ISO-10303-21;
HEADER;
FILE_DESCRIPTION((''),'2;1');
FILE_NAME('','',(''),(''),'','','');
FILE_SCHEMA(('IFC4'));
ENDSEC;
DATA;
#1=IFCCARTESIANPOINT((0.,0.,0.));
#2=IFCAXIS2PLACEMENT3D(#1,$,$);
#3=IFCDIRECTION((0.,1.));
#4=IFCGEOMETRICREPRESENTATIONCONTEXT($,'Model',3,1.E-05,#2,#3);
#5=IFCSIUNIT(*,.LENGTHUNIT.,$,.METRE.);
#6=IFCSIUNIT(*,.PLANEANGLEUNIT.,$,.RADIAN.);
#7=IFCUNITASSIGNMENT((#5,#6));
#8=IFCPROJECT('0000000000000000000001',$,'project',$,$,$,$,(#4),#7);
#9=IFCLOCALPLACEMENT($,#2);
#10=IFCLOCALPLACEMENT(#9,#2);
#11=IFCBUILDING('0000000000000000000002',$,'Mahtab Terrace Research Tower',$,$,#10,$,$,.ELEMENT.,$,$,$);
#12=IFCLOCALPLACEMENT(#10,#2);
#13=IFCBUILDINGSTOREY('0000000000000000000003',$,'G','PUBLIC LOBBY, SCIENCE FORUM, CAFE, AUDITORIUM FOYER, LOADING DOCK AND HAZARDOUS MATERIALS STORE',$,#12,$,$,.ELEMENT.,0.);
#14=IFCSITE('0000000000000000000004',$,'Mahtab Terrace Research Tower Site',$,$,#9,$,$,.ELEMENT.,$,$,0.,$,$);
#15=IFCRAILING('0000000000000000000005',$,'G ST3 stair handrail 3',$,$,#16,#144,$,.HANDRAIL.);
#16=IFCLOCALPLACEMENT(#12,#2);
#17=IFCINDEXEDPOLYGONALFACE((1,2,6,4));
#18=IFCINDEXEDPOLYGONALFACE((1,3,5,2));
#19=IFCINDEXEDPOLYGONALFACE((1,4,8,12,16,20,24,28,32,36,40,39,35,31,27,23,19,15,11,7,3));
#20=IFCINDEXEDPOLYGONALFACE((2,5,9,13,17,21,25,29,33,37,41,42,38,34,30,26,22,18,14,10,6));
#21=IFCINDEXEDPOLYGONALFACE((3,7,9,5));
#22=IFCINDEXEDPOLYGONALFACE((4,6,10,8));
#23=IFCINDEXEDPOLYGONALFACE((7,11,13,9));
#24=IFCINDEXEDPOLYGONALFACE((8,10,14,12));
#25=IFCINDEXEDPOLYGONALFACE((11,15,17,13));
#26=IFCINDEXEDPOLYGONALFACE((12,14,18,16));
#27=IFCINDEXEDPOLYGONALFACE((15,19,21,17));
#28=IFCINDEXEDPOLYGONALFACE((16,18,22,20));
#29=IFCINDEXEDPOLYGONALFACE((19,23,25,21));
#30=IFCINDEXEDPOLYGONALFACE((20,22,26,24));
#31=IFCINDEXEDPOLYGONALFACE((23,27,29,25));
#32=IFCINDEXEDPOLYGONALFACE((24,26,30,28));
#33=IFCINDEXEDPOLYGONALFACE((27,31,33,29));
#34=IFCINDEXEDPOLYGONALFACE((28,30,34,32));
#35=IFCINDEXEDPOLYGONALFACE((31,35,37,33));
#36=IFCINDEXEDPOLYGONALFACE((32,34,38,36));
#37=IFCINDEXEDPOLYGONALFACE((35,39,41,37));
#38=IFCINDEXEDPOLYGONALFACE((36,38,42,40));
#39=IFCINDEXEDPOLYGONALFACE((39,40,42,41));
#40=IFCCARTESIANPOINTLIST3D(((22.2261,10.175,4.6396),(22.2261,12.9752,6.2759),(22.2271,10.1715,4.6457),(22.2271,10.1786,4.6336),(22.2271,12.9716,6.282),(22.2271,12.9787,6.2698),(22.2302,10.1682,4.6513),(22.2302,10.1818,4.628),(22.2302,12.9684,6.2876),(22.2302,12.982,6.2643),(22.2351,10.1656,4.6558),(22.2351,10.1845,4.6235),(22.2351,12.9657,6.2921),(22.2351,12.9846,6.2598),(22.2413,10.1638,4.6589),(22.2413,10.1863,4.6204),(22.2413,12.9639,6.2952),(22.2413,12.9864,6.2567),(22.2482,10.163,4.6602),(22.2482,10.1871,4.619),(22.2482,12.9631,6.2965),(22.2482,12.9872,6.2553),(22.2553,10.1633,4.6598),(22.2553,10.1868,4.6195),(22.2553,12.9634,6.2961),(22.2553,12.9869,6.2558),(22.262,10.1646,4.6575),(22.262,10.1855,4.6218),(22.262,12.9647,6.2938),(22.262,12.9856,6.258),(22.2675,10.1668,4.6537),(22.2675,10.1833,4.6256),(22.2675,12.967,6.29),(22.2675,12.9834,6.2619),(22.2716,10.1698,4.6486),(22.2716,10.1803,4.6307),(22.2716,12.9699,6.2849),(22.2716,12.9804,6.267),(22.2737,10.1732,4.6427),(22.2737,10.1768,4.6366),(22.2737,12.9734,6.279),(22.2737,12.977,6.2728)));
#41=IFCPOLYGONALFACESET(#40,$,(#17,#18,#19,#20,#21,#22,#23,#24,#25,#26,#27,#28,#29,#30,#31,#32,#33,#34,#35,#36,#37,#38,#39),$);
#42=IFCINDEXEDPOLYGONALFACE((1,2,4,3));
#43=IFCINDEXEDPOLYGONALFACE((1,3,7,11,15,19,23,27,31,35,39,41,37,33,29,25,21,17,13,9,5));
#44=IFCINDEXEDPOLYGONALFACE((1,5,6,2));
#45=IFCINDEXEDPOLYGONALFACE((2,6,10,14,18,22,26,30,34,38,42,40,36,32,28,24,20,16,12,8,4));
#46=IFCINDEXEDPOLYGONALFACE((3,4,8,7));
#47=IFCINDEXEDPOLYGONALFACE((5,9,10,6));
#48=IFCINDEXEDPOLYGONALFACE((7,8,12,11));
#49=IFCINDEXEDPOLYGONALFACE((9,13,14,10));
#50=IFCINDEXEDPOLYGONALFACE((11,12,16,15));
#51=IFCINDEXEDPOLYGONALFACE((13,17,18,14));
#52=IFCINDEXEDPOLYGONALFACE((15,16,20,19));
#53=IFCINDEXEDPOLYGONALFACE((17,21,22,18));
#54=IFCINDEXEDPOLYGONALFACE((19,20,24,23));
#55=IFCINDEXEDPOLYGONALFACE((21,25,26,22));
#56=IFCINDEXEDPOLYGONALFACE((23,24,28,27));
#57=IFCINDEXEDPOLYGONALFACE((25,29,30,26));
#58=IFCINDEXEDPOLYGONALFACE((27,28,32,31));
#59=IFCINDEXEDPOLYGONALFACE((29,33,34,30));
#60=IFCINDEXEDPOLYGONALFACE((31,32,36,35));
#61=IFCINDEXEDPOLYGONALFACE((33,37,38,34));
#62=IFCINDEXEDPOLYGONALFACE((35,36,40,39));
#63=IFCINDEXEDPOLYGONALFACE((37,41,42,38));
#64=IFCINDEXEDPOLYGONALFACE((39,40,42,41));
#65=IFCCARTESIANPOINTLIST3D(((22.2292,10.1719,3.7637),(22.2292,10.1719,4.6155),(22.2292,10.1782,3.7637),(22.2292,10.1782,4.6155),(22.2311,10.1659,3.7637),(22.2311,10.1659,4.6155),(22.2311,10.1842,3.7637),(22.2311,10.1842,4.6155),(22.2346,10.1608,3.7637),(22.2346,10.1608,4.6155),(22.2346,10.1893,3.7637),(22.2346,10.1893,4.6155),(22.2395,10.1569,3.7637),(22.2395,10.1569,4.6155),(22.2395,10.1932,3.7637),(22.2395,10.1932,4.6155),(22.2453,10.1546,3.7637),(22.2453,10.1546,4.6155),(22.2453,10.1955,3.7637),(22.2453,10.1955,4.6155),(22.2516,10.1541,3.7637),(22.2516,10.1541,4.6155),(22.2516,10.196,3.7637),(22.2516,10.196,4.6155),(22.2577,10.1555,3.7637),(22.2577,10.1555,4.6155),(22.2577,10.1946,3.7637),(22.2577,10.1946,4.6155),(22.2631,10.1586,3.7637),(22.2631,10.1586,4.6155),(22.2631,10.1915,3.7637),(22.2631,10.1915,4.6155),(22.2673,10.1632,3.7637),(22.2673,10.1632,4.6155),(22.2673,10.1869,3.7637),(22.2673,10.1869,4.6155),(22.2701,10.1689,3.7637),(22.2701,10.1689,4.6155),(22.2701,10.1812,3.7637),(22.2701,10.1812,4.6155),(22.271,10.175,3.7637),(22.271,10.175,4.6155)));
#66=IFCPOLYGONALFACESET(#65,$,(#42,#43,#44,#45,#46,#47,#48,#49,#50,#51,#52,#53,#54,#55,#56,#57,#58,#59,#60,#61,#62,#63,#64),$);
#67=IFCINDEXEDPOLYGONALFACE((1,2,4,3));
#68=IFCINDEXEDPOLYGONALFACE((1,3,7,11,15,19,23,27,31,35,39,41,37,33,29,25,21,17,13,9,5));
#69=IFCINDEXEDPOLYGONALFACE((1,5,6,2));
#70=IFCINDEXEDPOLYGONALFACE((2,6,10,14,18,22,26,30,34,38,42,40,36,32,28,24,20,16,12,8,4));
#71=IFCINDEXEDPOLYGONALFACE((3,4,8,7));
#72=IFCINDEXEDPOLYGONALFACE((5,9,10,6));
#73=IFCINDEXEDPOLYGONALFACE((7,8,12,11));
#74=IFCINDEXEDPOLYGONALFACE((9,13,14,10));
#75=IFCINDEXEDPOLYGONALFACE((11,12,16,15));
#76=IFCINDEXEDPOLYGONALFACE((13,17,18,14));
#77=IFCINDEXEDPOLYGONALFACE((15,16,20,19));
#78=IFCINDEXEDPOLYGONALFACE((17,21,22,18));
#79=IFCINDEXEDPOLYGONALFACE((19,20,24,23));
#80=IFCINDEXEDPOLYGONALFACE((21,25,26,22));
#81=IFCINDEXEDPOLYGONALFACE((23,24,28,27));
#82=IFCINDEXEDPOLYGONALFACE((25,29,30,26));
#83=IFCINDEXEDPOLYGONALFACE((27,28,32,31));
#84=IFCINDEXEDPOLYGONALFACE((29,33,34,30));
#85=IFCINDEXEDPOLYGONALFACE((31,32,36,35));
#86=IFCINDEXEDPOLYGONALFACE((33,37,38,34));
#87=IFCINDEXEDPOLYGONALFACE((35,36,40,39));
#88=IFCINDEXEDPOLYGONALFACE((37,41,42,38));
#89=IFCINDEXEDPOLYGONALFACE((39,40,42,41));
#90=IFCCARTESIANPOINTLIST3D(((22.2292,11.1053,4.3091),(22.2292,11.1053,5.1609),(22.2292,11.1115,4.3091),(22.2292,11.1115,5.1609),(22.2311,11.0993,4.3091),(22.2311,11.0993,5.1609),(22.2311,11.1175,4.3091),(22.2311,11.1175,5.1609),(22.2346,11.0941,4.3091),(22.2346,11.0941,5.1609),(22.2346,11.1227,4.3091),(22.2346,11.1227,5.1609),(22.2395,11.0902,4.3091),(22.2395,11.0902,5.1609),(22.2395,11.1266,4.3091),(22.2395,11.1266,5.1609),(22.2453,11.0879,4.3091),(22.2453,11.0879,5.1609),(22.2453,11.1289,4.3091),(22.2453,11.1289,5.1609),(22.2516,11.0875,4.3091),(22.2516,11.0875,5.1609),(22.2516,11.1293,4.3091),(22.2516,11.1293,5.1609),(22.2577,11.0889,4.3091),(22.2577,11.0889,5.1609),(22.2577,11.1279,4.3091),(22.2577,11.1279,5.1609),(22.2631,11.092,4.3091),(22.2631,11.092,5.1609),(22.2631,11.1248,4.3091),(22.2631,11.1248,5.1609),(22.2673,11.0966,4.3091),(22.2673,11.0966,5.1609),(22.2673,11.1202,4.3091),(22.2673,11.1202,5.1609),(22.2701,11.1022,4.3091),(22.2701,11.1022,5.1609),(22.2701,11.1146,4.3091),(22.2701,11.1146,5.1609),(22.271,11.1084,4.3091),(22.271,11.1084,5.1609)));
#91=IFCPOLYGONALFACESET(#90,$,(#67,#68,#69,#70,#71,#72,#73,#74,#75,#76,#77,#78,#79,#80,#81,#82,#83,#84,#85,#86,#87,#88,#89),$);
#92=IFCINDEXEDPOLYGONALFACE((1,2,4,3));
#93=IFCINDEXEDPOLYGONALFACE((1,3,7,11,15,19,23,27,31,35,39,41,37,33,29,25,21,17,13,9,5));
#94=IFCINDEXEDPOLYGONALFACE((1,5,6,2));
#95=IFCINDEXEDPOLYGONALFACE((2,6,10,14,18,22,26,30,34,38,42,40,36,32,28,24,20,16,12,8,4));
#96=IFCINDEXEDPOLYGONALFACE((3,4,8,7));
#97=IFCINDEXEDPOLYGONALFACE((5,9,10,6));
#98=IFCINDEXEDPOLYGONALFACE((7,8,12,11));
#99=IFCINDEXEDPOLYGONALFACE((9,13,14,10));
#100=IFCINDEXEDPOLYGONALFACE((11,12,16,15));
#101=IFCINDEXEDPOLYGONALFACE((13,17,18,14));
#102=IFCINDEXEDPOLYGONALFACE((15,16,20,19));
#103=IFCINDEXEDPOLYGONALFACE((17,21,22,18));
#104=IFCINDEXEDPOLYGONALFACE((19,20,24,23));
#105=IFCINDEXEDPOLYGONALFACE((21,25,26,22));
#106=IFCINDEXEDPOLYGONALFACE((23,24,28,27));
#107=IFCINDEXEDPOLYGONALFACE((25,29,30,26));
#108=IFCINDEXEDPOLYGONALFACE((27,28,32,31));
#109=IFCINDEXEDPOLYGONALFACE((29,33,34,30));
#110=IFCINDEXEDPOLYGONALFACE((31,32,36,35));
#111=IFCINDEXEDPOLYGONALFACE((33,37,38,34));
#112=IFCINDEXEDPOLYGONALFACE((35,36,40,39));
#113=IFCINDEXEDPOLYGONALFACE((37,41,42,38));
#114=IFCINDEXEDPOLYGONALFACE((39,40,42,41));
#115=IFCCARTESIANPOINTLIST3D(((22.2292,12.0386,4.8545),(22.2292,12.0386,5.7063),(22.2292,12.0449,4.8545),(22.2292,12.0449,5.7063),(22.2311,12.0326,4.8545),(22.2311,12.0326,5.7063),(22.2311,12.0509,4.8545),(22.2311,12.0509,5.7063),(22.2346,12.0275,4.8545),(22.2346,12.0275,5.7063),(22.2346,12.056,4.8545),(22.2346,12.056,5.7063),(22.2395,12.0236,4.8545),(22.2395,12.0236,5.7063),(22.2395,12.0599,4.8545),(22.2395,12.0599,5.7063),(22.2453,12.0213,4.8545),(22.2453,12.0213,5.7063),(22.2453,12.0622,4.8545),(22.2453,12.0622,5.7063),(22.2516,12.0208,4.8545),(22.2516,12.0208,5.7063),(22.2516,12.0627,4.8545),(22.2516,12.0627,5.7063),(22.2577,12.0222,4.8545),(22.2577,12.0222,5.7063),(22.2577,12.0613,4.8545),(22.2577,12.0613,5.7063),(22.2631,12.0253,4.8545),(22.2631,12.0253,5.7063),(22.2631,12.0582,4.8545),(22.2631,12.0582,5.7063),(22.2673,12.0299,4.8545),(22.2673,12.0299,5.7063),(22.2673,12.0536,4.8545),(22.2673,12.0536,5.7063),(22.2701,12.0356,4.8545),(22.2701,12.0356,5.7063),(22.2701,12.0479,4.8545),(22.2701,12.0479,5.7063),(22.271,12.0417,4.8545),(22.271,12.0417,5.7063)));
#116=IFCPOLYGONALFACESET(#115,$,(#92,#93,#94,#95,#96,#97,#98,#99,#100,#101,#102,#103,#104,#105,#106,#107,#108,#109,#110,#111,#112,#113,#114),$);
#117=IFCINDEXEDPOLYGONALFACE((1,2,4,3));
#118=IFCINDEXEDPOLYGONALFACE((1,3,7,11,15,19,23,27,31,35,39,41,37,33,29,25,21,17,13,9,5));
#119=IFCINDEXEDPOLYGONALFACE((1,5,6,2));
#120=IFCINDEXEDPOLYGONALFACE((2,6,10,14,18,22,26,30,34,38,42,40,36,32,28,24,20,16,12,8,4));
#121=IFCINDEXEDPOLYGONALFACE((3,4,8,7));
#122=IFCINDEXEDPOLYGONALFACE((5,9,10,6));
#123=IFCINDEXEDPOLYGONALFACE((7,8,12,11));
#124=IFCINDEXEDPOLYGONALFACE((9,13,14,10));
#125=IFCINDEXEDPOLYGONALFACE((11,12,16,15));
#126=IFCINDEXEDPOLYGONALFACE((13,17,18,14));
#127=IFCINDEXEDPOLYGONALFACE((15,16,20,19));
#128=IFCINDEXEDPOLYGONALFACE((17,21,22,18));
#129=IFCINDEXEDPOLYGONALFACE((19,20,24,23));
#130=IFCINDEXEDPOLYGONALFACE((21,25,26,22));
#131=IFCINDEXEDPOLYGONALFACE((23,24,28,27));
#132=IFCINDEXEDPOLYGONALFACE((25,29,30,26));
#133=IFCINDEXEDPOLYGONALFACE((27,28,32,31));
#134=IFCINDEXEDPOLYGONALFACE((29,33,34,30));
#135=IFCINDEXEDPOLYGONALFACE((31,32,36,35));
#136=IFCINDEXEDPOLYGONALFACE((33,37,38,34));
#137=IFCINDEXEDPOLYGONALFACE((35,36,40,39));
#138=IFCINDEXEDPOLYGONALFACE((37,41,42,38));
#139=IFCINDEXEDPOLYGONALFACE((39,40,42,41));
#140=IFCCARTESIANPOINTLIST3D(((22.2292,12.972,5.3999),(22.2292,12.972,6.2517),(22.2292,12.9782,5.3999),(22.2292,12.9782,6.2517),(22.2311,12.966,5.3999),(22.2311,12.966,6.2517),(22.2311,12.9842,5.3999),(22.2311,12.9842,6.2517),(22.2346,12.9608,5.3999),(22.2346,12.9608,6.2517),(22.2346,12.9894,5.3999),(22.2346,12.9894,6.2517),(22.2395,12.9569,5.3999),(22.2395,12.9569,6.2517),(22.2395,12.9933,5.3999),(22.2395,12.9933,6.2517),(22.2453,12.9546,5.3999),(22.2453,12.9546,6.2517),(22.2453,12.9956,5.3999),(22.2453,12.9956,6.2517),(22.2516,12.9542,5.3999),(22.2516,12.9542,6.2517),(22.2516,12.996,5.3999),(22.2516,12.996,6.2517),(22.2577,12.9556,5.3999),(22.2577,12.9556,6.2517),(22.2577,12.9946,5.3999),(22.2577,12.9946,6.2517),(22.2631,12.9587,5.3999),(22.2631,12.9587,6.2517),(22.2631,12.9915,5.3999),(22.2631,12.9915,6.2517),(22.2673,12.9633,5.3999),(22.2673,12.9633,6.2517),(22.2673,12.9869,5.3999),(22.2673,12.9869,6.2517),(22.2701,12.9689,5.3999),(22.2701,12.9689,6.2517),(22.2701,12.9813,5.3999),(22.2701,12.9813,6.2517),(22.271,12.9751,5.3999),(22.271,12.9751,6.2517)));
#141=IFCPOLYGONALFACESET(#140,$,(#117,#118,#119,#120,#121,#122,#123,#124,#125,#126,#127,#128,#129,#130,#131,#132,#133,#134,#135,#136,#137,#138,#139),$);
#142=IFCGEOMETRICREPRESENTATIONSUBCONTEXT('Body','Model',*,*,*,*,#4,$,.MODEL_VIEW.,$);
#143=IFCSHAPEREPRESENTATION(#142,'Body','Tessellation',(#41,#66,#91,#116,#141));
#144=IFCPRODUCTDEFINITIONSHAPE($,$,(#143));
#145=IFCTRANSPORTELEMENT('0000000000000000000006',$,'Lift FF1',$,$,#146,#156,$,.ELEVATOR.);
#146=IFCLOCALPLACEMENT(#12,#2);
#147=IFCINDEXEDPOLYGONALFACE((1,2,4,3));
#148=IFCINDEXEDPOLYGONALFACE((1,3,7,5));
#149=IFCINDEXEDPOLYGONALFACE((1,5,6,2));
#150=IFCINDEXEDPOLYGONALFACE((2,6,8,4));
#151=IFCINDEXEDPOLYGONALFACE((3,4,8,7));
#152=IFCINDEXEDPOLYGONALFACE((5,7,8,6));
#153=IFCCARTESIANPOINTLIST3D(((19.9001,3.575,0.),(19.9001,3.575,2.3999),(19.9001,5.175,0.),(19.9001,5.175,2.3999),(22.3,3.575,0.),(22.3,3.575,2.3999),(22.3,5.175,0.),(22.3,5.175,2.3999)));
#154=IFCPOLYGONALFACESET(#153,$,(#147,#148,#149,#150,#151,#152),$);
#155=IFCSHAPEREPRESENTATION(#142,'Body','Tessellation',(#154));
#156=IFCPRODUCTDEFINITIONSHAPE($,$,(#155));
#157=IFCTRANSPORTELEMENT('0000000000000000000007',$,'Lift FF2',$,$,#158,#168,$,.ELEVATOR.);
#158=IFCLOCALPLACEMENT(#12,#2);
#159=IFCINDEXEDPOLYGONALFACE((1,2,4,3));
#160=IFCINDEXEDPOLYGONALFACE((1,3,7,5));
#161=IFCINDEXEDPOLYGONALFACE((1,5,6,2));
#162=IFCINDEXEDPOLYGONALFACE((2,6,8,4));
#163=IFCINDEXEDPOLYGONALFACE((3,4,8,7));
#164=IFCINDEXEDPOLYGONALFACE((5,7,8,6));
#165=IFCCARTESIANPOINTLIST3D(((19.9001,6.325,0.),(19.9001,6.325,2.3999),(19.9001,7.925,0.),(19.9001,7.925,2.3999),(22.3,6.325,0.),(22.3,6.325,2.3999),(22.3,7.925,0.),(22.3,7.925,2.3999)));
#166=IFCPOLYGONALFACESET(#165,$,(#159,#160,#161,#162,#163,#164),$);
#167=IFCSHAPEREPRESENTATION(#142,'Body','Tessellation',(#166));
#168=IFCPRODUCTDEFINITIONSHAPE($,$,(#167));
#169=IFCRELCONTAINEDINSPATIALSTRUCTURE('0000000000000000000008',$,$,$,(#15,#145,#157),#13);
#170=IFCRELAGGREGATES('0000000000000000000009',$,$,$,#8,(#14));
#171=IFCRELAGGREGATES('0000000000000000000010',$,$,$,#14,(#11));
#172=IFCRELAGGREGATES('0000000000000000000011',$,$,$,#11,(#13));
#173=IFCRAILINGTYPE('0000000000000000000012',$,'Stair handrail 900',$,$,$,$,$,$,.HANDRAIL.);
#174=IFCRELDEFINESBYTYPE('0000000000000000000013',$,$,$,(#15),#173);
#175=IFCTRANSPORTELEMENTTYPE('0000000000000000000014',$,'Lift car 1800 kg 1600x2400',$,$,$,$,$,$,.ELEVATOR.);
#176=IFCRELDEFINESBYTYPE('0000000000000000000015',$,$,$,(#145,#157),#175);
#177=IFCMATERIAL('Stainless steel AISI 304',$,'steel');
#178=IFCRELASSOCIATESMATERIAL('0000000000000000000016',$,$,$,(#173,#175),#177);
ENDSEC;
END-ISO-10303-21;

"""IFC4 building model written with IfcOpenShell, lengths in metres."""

from ifc_helpers import new_model, si_unit, direction, frame, origin, origin_2d, place, context, subcontext, project, spatial, rectangle, circle, extrude, material, type_object, element, save


model = new_model("IFC4")

# Units and contexts
model_context = context("Model", 3, precision=1e-05, world=origin(), true_north=direction((0.0, 1.0)))
body_context = subcontext(model_context, "Body", "Model", "MODEL_VIEW")
ifc_project = project(units=[si_unit("LENGTHUNIT", "METRE"), si_unit("PLANEANGLEUNIT", "RADIAN")], contexts=[model_context])

# Site, building, storey
site_placement = place(None, origin())
site = spatial("IfcSite", under=ifc_project, at=site_placement, Name="Mahtab Terrace Research Tower Site", CompositionType="ELEMENT", RefElevation=0.0)
building_placement = place(site_placement, origin())
building = spatial("IfcBuilding", under=site, at=building_placement, Name="Mahtab Terrace Research Tower", CompositionType="ELEMENT")
storey_placement = place(building_placement, origin())
storey = spatial("IfcBuildingStorey", under=building, at=storey_placement, Name="G", Description="PUBLIC LOBBY, SCIENCE FORUM, CAFE, AUDITORIUM FOYER, LOADING DOCK AND HAZARDOUS MATERIALS STORE", CompositionType="ELEMENT", Elevation=0.0)

# Railing
ifc_material_1 = material(Name="Stainless steel AISI 304", Category="steel")
railing_type_1 = type_object("IfcRailingType", Name="Stair handrail 900", PredefinedType="HANDRAIL", material=ifc_material_1)
railing_1_placement = place(storey_placement, frame((22.25, 10.175, 3.7637)))
element("IfcRailing", 1, at=railing_1_placement, inside=storey, type_object=railing_type_1, Name="G ST3 stair handrail 3", PredefinedType="HANDRAIL", context=body_context, shape_type="SweptSolid", body=[
    extrude(circle(Radius=0.0239, at=origin_2d()), frame((0.0, 0.0, 0.876), z_axis=(0.0, 0.863394, 0.504531), x_axis=(-1.0, 0.0, 0.0)), (0.0, 0.0, 1.0), 3.2432),
    extrude(circle(Radius=0.021, at=origin_2d()), origin(), (0.0, 0.0, 1.0), 0.8518),
    extrude(circle(Radius=0.021, at=origin_2d()), frame((0.0, 0.9333, 0.5454)), (0.0, 0.0, 1.0), 0.8518),
    extrude(circle(Radius=0.021, at=origin_2d()), frame((0.0, 1.8667, 1.0908)), (0.0, 0.0, 1.0), 0.8518),
    extrude(circle(Radius=0.021, at=origin_2d()), frame((0.0, 2.8, 1.6362)), (0.0, 0.0, 1.0), 0.8518),
])

# Transport elements
transport_element_type = type_object("IfcTransportElementType", Name="Lift car 1800 kg 1600x2400", PredefinedType="ELEVATOR", material=ifc_material_1)
for number, where, z_axis, x_axis, name in (
    (2, (21.1001, 4.375, 0.0), (0.0, 0.0, 1.0), (1.0, 0.0, 0.0), "Lift FF1"),
    (3, (21.1001, 7.125, 0.0), (0.0, 0.0, 1.0), (1.0, 0.0, 0.0), "Lift FF2"),
):
    element("IfcTransportElement", number, at=place(storey_placement, frame(where, z_axis=z_axis, x_axis=x_axis)), inside=storey, type_object=transport_element_type, Name=name, PredefinedType="ELEVATOR", context=body_context, shape_type="SweptSolid", body=[
        extrude(rectangle(XDim=2.3999, YDim=1.6001, at=origin_2d()), origin(), (0.0, 0.0, 1.0), 2.3999),
    ])

save(model, "model.ifc")
